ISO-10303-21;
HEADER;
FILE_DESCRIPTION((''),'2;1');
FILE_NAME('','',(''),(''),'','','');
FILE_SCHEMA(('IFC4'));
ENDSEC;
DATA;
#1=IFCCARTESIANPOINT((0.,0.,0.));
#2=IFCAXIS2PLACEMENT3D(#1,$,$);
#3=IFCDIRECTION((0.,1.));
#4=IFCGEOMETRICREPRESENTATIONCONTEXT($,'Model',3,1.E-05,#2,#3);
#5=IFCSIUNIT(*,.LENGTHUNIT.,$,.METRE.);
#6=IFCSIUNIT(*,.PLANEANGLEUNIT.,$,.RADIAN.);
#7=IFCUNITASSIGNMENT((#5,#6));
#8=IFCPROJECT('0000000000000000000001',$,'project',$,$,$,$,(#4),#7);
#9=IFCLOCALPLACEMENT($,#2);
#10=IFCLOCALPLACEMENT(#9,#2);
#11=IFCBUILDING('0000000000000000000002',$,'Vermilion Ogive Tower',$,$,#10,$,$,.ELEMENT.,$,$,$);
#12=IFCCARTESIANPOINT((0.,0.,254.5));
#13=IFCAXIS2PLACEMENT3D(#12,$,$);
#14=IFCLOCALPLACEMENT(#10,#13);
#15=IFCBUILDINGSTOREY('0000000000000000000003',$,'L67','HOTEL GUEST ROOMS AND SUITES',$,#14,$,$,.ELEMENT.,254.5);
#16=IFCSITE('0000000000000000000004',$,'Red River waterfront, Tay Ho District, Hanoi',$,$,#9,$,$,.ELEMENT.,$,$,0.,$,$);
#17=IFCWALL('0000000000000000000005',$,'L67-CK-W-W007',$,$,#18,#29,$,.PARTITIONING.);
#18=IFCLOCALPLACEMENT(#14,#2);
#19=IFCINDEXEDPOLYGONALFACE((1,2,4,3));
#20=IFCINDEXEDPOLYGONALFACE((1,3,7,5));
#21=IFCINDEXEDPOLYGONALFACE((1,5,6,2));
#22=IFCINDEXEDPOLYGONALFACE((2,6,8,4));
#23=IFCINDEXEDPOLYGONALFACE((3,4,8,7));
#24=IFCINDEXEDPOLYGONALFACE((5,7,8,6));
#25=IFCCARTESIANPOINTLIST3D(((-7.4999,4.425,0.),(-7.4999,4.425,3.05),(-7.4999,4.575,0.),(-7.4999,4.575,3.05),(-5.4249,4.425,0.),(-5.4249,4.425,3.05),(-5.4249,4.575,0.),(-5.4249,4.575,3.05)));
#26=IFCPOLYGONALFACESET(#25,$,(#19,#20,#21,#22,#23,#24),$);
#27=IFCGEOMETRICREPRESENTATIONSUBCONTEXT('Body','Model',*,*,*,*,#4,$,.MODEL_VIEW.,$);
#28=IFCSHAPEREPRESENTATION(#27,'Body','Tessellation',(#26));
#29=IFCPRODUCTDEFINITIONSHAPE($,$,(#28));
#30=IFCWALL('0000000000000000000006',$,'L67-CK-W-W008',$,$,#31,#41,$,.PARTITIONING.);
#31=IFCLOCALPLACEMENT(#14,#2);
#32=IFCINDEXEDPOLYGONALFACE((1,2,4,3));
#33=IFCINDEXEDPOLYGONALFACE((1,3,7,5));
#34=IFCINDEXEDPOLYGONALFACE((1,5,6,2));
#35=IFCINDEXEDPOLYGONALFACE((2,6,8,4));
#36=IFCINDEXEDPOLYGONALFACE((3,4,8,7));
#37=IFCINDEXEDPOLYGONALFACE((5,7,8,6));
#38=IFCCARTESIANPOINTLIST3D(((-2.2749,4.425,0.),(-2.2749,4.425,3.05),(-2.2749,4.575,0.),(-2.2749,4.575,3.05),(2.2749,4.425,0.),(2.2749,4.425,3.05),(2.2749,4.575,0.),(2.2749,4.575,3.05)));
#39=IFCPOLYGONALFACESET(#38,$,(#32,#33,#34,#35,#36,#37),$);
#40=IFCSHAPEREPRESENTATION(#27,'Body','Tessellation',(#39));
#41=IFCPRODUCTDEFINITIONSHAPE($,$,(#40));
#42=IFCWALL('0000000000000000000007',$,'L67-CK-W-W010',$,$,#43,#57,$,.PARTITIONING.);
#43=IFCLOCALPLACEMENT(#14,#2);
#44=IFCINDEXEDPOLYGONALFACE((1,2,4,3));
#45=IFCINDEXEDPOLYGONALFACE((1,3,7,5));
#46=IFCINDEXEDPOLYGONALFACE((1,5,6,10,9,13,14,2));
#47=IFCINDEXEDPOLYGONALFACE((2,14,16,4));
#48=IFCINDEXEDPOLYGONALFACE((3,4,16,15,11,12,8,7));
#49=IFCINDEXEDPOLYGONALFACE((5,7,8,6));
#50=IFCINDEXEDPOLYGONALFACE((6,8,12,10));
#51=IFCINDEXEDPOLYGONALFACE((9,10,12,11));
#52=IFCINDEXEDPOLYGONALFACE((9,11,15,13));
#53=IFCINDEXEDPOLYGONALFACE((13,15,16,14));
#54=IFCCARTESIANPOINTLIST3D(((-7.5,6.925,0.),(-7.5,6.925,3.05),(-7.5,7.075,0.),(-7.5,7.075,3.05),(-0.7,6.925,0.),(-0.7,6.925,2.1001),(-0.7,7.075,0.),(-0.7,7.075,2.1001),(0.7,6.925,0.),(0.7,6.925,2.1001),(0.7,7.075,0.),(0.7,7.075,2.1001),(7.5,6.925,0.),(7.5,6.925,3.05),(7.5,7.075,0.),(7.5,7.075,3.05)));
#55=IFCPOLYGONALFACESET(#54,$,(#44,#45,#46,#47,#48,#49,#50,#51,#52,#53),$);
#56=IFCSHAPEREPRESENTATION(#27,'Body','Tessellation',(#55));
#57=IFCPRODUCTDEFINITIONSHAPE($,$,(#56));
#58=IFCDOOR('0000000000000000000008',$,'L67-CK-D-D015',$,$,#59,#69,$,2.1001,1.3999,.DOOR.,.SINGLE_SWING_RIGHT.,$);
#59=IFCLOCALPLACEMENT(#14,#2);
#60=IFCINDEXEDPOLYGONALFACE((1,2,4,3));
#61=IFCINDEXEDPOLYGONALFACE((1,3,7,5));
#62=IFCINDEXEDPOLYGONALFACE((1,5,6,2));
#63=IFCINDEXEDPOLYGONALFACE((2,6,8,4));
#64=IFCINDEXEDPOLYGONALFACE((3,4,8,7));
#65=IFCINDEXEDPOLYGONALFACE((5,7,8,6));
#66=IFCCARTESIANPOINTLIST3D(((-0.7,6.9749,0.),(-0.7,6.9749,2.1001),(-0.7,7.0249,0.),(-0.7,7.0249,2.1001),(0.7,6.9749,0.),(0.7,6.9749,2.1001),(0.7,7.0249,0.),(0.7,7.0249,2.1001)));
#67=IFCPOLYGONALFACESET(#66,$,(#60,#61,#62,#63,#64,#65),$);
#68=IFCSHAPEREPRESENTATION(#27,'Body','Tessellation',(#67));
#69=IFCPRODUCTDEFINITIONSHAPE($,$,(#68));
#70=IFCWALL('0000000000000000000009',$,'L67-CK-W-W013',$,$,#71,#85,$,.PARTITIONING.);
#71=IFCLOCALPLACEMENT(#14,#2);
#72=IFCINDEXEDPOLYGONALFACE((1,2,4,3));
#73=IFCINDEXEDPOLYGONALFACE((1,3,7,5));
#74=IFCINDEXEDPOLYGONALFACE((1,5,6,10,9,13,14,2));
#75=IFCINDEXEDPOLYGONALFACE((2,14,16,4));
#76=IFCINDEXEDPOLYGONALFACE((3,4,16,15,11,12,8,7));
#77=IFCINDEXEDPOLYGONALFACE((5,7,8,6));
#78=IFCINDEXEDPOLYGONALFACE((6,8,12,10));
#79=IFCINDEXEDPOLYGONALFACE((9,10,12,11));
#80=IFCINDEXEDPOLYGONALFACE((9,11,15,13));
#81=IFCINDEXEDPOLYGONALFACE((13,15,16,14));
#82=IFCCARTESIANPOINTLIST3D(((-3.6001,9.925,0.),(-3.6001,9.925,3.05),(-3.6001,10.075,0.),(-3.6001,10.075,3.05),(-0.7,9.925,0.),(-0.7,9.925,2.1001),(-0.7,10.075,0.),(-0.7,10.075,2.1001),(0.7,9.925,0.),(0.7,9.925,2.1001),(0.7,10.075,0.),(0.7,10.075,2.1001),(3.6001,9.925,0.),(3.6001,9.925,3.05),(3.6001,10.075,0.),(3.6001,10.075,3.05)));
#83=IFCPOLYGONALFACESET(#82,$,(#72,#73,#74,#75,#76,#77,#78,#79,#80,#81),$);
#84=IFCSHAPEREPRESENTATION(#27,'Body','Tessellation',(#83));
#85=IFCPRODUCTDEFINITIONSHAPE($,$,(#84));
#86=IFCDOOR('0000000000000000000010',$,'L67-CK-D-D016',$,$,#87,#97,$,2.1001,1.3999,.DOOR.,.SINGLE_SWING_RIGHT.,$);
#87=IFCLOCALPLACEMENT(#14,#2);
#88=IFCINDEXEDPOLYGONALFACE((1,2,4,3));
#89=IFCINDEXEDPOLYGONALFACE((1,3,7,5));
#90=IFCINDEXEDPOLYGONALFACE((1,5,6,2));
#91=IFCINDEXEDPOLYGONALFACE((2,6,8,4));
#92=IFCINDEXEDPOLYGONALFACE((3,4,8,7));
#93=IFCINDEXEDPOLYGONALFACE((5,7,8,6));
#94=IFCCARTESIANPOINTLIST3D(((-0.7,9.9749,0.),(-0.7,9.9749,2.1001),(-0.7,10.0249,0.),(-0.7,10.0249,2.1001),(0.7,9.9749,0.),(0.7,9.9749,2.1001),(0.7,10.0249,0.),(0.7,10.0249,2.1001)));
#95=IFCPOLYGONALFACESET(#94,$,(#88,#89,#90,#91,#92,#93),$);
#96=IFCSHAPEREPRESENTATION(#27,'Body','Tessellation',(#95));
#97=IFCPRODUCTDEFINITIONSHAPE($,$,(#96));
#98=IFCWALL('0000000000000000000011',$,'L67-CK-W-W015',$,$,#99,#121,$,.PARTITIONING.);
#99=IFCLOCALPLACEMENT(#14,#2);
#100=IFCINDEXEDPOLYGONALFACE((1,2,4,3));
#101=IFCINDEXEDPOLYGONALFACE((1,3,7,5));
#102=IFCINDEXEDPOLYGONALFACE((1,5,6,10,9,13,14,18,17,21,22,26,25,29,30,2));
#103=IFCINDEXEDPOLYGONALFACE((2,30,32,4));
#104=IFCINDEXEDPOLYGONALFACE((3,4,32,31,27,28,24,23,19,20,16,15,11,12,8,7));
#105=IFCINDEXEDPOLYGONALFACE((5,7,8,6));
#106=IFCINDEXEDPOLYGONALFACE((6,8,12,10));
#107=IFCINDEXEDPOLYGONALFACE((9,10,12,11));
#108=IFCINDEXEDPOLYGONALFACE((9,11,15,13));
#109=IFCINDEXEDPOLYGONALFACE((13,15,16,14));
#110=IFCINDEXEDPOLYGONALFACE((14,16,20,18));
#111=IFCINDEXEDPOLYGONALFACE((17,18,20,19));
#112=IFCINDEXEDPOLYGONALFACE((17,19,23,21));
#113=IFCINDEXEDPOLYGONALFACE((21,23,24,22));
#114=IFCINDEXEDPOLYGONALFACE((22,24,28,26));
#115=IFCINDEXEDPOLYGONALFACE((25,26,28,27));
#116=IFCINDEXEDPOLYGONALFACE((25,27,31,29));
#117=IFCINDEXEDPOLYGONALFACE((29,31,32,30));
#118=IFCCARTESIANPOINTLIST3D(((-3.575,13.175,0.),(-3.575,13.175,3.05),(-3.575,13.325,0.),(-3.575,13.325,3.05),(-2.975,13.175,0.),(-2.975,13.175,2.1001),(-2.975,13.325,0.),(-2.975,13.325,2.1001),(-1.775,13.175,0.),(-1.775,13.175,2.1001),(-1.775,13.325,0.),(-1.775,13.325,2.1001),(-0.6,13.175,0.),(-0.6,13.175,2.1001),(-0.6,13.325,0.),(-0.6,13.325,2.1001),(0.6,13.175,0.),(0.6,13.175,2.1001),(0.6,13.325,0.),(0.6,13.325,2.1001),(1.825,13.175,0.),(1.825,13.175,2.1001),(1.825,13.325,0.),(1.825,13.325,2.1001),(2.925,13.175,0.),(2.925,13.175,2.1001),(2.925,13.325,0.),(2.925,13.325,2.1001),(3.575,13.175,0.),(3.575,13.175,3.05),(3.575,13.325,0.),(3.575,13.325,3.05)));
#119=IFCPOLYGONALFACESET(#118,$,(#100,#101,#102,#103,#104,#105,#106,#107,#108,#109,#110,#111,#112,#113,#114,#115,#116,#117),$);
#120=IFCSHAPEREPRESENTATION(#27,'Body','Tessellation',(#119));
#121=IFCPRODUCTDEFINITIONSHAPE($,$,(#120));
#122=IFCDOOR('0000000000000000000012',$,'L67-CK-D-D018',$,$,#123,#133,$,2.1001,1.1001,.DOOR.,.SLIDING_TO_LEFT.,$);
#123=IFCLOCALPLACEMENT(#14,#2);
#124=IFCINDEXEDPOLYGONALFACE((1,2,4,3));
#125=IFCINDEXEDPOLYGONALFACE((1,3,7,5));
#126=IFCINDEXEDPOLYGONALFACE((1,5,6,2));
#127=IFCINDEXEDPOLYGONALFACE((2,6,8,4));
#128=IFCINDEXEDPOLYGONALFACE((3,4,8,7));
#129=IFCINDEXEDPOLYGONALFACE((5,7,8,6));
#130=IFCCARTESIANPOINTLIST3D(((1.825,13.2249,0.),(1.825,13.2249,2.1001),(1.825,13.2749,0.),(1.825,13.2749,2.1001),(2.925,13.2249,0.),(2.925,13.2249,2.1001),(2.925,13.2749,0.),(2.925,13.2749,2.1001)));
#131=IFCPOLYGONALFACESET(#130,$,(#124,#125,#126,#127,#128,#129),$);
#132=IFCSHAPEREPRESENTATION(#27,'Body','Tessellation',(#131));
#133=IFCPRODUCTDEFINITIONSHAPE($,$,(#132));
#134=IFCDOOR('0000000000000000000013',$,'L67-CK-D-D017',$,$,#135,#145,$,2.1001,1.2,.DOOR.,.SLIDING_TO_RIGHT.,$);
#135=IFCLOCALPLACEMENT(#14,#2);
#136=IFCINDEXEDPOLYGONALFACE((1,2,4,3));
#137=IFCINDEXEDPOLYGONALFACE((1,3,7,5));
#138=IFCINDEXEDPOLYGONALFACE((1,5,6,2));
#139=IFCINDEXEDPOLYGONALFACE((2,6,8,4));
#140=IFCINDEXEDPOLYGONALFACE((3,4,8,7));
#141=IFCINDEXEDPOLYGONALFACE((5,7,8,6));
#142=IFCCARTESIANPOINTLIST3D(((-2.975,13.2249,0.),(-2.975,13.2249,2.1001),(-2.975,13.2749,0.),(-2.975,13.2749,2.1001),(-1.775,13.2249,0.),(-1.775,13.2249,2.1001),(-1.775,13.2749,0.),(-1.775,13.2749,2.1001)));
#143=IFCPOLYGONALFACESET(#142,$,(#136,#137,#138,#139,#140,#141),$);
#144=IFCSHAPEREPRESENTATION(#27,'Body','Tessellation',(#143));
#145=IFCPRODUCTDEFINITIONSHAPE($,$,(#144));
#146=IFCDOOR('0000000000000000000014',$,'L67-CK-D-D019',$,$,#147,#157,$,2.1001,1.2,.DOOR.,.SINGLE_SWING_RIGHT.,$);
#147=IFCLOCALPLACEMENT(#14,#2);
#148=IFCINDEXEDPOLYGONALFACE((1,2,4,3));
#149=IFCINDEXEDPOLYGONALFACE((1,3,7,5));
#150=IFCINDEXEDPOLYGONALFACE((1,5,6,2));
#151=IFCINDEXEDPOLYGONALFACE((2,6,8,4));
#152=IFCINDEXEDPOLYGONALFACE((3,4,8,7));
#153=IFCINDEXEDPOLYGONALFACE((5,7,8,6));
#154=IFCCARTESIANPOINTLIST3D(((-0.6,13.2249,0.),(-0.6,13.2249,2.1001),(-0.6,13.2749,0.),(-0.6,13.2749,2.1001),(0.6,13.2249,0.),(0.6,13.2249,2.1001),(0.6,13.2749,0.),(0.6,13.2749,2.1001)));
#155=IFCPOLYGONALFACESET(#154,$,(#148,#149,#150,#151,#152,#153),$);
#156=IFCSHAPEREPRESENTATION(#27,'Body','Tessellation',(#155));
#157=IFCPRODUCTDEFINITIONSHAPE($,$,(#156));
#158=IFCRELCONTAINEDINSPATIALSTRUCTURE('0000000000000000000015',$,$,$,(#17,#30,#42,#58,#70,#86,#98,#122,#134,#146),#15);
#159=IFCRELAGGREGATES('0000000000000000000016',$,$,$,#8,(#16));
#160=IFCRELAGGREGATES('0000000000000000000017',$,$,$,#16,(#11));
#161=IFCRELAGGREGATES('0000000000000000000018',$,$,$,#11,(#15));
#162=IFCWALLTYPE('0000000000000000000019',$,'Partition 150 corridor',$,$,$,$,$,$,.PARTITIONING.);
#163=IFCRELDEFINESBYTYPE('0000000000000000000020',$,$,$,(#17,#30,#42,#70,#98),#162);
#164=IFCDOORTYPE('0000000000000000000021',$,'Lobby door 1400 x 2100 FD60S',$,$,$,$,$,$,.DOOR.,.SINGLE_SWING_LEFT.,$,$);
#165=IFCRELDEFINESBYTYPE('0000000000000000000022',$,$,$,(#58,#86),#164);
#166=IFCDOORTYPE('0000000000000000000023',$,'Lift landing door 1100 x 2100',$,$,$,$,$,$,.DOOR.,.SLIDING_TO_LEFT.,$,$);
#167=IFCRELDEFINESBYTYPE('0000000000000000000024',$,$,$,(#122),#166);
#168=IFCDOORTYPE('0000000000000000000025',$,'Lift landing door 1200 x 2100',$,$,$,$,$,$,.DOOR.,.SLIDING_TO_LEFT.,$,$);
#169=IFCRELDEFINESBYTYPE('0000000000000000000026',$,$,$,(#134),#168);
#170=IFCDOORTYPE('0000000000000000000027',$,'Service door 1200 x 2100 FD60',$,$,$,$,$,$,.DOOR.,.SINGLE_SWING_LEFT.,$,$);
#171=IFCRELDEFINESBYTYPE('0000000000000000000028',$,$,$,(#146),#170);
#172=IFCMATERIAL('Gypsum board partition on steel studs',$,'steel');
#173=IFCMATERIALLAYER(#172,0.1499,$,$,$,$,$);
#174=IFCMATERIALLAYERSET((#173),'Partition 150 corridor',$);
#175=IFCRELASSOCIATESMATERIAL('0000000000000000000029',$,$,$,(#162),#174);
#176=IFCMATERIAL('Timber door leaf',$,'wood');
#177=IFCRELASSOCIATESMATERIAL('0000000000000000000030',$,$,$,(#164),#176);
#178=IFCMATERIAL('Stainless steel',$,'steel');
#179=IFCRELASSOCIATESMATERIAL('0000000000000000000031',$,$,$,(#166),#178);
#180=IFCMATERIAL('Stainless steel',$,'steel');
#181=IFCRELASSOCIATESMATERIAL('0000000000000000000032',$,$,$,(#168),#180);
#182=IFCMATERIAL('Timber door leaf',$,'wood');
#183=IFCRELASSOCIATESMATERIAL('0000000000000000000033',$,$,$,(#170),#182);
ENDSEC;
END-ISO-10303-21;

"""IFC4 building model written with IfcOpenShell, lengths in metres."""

from ifc_helpers import new_model, si_unit, direction, frame, frame_2d, origin, place, context, subcontext, project, spatial, rectangle, extrude, material, layer, layer_set, type_object, element, fill, save


model = new_model("IFC4")

# Units and contexts
model_context = context("Model", 3, precision=1e-05, world=origin(), true_north=direction((0.0, 1.0)))
body_context = subcontext(model_context, "Body", "Model", "MODEL_VIEW")
ifc_project = project(units=[si_unit("LENGTHUNIT", "METRE"), si_unit("PLANEANGLEUNIT", "RADIAN")], contexts=[model_context])

# Site, building, storey
site_placement = place(None, origin())
site = spatial("IfcSite", under=ifc_project, at=site_placement, Name="Red River waterfront, Tay Ho District, Hanoi", CompositionType="ELEMENT", RefElevation=0.0)
building_placement = place(site_placement, origin())
building = spatial("IfcBuilding", under=site, at=building_placement, Name="Vermilion Ogive Tower", CompositionType="ELEMENT")
storey_placement = place(building_placement, frame((0.0, 0.0, 254.5)))
storey = spatial("IfcBuildingStorey", under=building, at=storey_placement, Name="L67", Description="HOTEL GUEST ROOMS AND SUITES", CompositionType="ELEMENT", Elevation=254.5)

# Walls
ifc_material_1 = material(Name="Gypsum board partition on steel studs", Category="steel")
ifc_layer_1 = layer(ifc_material_1, 0.1499)
ifc_layer_set_1 = layer_set([ifc_layer_1], Name="Partition 150 corridor")
wall_type_1 = type_object("IfcWallType", Name="Partition 150 corridor", PredefinedType="PARTITIONING", material=ifc_layer_set_1)
wall_1_placement = place(storey_placement, frame((-7.5, 4.5, 0.0), z_axis=(0.0, 0.0, 1.0), x_axis=(1.0, 0.0, 0.0)))
element("IfcWall", 1, at=wall_1_placement, inside=storey, type_object=wall_type_1, Name="L67-CK-W-W007", PredefinedType="PARTITIONING", context=body_context, shape_type="SweptSolid", body=[
    extrude(rectangle(XDim=2.075, YDim=0.1499, at=frame_2d((1.0376, 0.0))), origin(), (0.0, 0.0, 1.0), 3.05),
])
wall_2_placement = place(storey_placement, frame((-2.2749, 4.5, 0.0), z_axis=(0.0, 0.0, 1.0), x_axis=(1.0, 0.0, 0.0)))
element("IfcWall", 2, at=wall_2_placement, inside=storey, type_object=wall_type_1, Name="L67-CK-W-W008", PredefinedType="PARTITIONING", context=body_context, shape_type="SweptSolid", body=[
    extrude(rectangle(XDim=4.5498, YDim=0.1499, at=frame_2d((2.2749, 0.0))), origin(), (0.0, 0.0, 1.0), 3.05),
])

# Walls, openings, doors
wall_3_placement = place(storey_placement, frame((-7.5, 7.0, 0.0), z_axis=(0.0, 0.0, 1.0), x_axis=(1.0, 0.0, 0.0)))
wall_3 = element("IfcWall", 3, at=wall_3_placement, inside=storey, type_object=wall_type_1, Name="L67-CK-W-W010", PredefinedType="PARTITIONING", context=body_context, shape_type="SweptSolid", body=[
    extrude(rectangle(XDim=15.0, YDim=0.1499, at=frame_2d((7.5, 0.0))), origin(), (0.0, 0.0, 1.0), 3.05),
])
opening_1_placement = place(wall_3_placement, frame((6.8, 0.0, 0.0)))
opening_1 = element("IfcOpeningElement", 4, at=opening_1_placement, cuts=wall_3, PredefinedType="OPENING", context=body_context, shape_type="SweptSolid", body=[
    extrude(rectangle(XDim=1.3999, YDim=2.1001, at=frame_2d((0.7, 1.05))), frame((0.0, 0.085, 0.0), z_axis=(0.0, -1.0, 0.0), x_axis=(1.0, 0.0, 0.0)), (0.0, 0.0, 1.0), 0.1699),
])
ifc_material_2 = material(Name="Timber door leaf", Category="wood")
door_type_1 = type_object("IfcDoorType", Name="Lobby door 1400 x 2100 FD60S", OperationType="SINGLE_SWING_LEFT", PredefinedType="DOOR", material=ifc_material_2)
door_1_placement = place(opening_1_placement, origin())
door_1 = element("IfcDoor", 5, at=door_1_placement, inside=storey, type_object=door_type_1, Name="L67-CK-D-D015", OperationType="SINGLE_SWING_RIGHT", OverallHeight=2.1001, OverallWidth=1.3999, PredefinedType="DOOR", context=body_context, shape_type="SweptSolid", body=[
    extrude(rectangle(XDim=1.3999, YDim=2.1001, at=frame_2d((0.7, 1.05))), frame((0.0, 0.0249, 0.0), z_axis=(0.0, -1.0, 0.0), x_axis=(1.0, 0.0, 0.0)), (0.0, 0.0, 1.0), 0.05),
])
fill(opening_1, door_1)
wall_4_placement = place(storey_placement, frame((-3.6001, 10.0, 0.0), z_axis=(0.0, 0.0, 1.0), x_axis=(1.0, 0.0, 0.0)))
wall_4 = element("IfcWall", 6, at=wall_4_placement, inside=storey, type_object=wall_type_1, Name="L67-CK-W-W013", PredefinedType="PARTITIONING", context=body_context, shape_type="SweptSolid", body=[
    extrude(rectangle(XDim=7.2002, YDim=0.1499, at=frame_2d((3.6001, 0.0))), origin(), (0.0, 0.0, 1.0), 3.05),
])
opening_2_placement = place(wall_4_placement, frame((2.9001, 0.0, 0.0)))
opening_2 = element("IfcOpeningElement", 7, at=opening_2_placement, cuts=wall_4, PredefinedType="OPENING", context=body_context, shape_type="SweptSolid", body=[
    extrude(rectangle(XDim=1.3999, YDim=2.1001, at=frame_2d((0.7, 1.05))), frame((0.0, 0.085, 0.0), z_axis=(0.0, -1.0, 0.0), x_axis=(1.0, 0.0, 0.0)), (0.0, 0.0, 1.0), 0.1699),
])
door_2_placement = place(opening_2_placement, origin())
door_2 = element("IfcDoor", 8, at=door_2_placement, inside=storey, type_object=door_type_1, Name="L67-CK-D-D016", OperationType="SINGLE_SWING_RIGHT", OverallHeight=2.1001, OverallWidth=1.3999, PredefinedType="DOOR", context=body_context, shape_type="SweptSolid", body=[
    extrude(rectangle(XDim=1.3999, YDim=2.1001, at=frame_2d((0.7, 1.05))), frame((0.0, 0.0249, 0.0), z_axis=(0.0, -1.0, 0.0), x_axis=(1.0, 0.0, 0.0)), (0.0, 0.0, 1.0), 0.05),
])
fill(opening_2, door_2)

# Wall, openings, doors
wall_5_placement = place(storey_placement, frame((-3.575, 13.25, 0.0), z_axis=(0.0, 0.0, 1.0), x_axis=(1.0, 0.0, 0.0)))
wall_5 = element("IfcWall", 9, at=wall_5_placement, inside=storey, type_object=wall_type_1, Name="L67-CK-W-W015", PredefinedType="PARTITIONING", context=body_context, shape_type="SweptSolid", body=[
    extrude(rectangle(XDim=7.1499, YDim=0.1499, at=frame_2d((3.575, 0.0))), origin(), (0.0, 0.0, 1.0), 3.05),
])
opening_3_placement = place(wall_5_placement, frame((0.5999, 0.0, 0.0)))
opening_3 = element("IfcOpeningElement", 10, at=opening_3_placement, cuts=wall_5, PredefinedType="OPENING", context=body_context, shape_type="SweptSolid", body=[
    extrude(rectangle(XDim=1.2, YDim=2.1001, at=frame_2d((0.6001, 1.05))), frame((0.0, 0.085, 0.0), z_axis=(0.0, -1.0, 0.0), x_axis=(1.0, 0.0, 0.0)), (0.0, 0.0, 1.0), 0.1699),
])
opening_4_placement = place(wall_5_placement, frame((5.3999, 0.0, 0.0)))
opening_4 = element("IfcOpeningElement", 11, at=opening_4_placement, cuts=wall_5, PredefinedType="OPENING", context=body_context, shape_type="SweptSolid", body=[
    extrude(rectangle(XDim=1.1001, YDim=2.1001, at=frame_2d((0.55, 1.05))), frame((0.0, 0.085, 0.0), z_axis=(0.0, -1.0, 0.0), x_axis=(1.0, 0.0, 0.0)), (0.0, 0.0, 1.0), 0.1699),
])
opening_5_placement = place(wall_5_placement, frame((2.9749, 0.0, 0.0)))
opening_5 = element("IfcOpeningElement", 12, at=opening_5_placement, cuts=wall_5, PredefinedType="OPENING", context=body_context, shape_type="SweptSolid", body=[
    extrude(rectangle(XDim=1.2, YDim=2.1001, at=frame_2d((0.6001, 1.05))), frame((0.0, 0.085, 0.0), z_axis=(0.0, -1.0, 0.0), x_axis=(1.0, 0.0, 0.0)), (0.0, 0.0, 1.0), 0.1699),
])
ifc_material_3 = material(Name="Stainless steel", Category="steel")
door_type_2 = type_object("IfcDoorType", Name="Lift landing door 1100 x 2100", OperationType="SLIDING_TO_LEFT", PredefinedType="DOOR", material=ifc_material_3)
door_3_placement = place(opening_4_placement, origin())
door_3 = element("IfcDoor", 13, at=door_3_placement, inside=storey, type_object=door_type_2, Name="L67-CK-D-D018", OperationType="SLIDING_TO_LEFT", OverallHeight=2.1001, OverallWidth=1.1001, PredefinedType="DOOR", context=body_context, shape_type="SweptSolid", body=[
    extrude(rectangle(XDim=1.1001, YDim=2.1001, at=frame_2d((0.55, 1.05))), frame((0.0, 0.0249, 0.0), z_axis=(0.0, -1.0, 0.0), x_axis=(1.0, 0.0, 0.0)), (0.0, 0.0, 1.0), 0.05),
])
fill(opening_4, door_3)
ifc_material_4 = material(Name="Stainless steel", Category="steel")
door_type_3 = type_object("IfcDoorType", Name="Lift landing door 1200 x 2100", OperationType="SLIDING_TO_LEFT", PredefinedType="DOOR", material=ifc_material_4)
door_4_placement = place(opening_3_placement, origin())
door_4 = element("IfcDoor", 14, at=door_4_placement, inside=storey, type_object=door_type_3, Name="L67-CK-D-D017", OperationType="SLIDING_TO_RIGHT", OverallHeight=2.1001, OverallWidth=1.2, PredefinedType="DOOR", context=body_context, shape_type="SweptSolid", body=[
    extrude(rectangle(XDim=1.2, YDim=2.1001, at=frame_2d((0.6001, 1.05))), frame((0.0, 0.0249, 0.0), z_axis=(0.0, -1.0, 0.0), x_axis=(1.0, 0.0, 0.0)), (0.0, 0.0, 1.0), 0.05),
])
fill(opening_3, door_4)
ifc_material_5 = material(Name="Timber door leaf", Category="wood")
door_type_4 = type_object("IfcDoorType", Name="Service door 1200 x 2100 FD60", OperationType="SINGLE_SWING_LEFT", PredefinedType="DOOR", material=ifc_material_5)
door_5_placement = place(opening_5_placement, origin())
door_5 = element("IfcDoor", 15, at=door_5_placement, inside=storey, type_object=door_type_4, Name="L67-CK-D-D019", OperationType="SINGLE_SWING_RIGHT", OverallHeight=2.1001, OverallWidth=1.2, PredefinedType="DOOR", context=body_context, shape_type="SweptSolid", body=[
    extrude(rectangle(XDim=1.2, YDim=2.1001, at=frame_2d((0.6001, 1.05))), frame((0.0, 0.0249, 0.0), z_axis=(0.0, -1.0, 0.0), x_axis=(1.0, 0.0, 0.0)), (0.0, 0.0, 1.0), 0.05),
])
fill(opening_5, door_5)

save(model, "model.ifc")
